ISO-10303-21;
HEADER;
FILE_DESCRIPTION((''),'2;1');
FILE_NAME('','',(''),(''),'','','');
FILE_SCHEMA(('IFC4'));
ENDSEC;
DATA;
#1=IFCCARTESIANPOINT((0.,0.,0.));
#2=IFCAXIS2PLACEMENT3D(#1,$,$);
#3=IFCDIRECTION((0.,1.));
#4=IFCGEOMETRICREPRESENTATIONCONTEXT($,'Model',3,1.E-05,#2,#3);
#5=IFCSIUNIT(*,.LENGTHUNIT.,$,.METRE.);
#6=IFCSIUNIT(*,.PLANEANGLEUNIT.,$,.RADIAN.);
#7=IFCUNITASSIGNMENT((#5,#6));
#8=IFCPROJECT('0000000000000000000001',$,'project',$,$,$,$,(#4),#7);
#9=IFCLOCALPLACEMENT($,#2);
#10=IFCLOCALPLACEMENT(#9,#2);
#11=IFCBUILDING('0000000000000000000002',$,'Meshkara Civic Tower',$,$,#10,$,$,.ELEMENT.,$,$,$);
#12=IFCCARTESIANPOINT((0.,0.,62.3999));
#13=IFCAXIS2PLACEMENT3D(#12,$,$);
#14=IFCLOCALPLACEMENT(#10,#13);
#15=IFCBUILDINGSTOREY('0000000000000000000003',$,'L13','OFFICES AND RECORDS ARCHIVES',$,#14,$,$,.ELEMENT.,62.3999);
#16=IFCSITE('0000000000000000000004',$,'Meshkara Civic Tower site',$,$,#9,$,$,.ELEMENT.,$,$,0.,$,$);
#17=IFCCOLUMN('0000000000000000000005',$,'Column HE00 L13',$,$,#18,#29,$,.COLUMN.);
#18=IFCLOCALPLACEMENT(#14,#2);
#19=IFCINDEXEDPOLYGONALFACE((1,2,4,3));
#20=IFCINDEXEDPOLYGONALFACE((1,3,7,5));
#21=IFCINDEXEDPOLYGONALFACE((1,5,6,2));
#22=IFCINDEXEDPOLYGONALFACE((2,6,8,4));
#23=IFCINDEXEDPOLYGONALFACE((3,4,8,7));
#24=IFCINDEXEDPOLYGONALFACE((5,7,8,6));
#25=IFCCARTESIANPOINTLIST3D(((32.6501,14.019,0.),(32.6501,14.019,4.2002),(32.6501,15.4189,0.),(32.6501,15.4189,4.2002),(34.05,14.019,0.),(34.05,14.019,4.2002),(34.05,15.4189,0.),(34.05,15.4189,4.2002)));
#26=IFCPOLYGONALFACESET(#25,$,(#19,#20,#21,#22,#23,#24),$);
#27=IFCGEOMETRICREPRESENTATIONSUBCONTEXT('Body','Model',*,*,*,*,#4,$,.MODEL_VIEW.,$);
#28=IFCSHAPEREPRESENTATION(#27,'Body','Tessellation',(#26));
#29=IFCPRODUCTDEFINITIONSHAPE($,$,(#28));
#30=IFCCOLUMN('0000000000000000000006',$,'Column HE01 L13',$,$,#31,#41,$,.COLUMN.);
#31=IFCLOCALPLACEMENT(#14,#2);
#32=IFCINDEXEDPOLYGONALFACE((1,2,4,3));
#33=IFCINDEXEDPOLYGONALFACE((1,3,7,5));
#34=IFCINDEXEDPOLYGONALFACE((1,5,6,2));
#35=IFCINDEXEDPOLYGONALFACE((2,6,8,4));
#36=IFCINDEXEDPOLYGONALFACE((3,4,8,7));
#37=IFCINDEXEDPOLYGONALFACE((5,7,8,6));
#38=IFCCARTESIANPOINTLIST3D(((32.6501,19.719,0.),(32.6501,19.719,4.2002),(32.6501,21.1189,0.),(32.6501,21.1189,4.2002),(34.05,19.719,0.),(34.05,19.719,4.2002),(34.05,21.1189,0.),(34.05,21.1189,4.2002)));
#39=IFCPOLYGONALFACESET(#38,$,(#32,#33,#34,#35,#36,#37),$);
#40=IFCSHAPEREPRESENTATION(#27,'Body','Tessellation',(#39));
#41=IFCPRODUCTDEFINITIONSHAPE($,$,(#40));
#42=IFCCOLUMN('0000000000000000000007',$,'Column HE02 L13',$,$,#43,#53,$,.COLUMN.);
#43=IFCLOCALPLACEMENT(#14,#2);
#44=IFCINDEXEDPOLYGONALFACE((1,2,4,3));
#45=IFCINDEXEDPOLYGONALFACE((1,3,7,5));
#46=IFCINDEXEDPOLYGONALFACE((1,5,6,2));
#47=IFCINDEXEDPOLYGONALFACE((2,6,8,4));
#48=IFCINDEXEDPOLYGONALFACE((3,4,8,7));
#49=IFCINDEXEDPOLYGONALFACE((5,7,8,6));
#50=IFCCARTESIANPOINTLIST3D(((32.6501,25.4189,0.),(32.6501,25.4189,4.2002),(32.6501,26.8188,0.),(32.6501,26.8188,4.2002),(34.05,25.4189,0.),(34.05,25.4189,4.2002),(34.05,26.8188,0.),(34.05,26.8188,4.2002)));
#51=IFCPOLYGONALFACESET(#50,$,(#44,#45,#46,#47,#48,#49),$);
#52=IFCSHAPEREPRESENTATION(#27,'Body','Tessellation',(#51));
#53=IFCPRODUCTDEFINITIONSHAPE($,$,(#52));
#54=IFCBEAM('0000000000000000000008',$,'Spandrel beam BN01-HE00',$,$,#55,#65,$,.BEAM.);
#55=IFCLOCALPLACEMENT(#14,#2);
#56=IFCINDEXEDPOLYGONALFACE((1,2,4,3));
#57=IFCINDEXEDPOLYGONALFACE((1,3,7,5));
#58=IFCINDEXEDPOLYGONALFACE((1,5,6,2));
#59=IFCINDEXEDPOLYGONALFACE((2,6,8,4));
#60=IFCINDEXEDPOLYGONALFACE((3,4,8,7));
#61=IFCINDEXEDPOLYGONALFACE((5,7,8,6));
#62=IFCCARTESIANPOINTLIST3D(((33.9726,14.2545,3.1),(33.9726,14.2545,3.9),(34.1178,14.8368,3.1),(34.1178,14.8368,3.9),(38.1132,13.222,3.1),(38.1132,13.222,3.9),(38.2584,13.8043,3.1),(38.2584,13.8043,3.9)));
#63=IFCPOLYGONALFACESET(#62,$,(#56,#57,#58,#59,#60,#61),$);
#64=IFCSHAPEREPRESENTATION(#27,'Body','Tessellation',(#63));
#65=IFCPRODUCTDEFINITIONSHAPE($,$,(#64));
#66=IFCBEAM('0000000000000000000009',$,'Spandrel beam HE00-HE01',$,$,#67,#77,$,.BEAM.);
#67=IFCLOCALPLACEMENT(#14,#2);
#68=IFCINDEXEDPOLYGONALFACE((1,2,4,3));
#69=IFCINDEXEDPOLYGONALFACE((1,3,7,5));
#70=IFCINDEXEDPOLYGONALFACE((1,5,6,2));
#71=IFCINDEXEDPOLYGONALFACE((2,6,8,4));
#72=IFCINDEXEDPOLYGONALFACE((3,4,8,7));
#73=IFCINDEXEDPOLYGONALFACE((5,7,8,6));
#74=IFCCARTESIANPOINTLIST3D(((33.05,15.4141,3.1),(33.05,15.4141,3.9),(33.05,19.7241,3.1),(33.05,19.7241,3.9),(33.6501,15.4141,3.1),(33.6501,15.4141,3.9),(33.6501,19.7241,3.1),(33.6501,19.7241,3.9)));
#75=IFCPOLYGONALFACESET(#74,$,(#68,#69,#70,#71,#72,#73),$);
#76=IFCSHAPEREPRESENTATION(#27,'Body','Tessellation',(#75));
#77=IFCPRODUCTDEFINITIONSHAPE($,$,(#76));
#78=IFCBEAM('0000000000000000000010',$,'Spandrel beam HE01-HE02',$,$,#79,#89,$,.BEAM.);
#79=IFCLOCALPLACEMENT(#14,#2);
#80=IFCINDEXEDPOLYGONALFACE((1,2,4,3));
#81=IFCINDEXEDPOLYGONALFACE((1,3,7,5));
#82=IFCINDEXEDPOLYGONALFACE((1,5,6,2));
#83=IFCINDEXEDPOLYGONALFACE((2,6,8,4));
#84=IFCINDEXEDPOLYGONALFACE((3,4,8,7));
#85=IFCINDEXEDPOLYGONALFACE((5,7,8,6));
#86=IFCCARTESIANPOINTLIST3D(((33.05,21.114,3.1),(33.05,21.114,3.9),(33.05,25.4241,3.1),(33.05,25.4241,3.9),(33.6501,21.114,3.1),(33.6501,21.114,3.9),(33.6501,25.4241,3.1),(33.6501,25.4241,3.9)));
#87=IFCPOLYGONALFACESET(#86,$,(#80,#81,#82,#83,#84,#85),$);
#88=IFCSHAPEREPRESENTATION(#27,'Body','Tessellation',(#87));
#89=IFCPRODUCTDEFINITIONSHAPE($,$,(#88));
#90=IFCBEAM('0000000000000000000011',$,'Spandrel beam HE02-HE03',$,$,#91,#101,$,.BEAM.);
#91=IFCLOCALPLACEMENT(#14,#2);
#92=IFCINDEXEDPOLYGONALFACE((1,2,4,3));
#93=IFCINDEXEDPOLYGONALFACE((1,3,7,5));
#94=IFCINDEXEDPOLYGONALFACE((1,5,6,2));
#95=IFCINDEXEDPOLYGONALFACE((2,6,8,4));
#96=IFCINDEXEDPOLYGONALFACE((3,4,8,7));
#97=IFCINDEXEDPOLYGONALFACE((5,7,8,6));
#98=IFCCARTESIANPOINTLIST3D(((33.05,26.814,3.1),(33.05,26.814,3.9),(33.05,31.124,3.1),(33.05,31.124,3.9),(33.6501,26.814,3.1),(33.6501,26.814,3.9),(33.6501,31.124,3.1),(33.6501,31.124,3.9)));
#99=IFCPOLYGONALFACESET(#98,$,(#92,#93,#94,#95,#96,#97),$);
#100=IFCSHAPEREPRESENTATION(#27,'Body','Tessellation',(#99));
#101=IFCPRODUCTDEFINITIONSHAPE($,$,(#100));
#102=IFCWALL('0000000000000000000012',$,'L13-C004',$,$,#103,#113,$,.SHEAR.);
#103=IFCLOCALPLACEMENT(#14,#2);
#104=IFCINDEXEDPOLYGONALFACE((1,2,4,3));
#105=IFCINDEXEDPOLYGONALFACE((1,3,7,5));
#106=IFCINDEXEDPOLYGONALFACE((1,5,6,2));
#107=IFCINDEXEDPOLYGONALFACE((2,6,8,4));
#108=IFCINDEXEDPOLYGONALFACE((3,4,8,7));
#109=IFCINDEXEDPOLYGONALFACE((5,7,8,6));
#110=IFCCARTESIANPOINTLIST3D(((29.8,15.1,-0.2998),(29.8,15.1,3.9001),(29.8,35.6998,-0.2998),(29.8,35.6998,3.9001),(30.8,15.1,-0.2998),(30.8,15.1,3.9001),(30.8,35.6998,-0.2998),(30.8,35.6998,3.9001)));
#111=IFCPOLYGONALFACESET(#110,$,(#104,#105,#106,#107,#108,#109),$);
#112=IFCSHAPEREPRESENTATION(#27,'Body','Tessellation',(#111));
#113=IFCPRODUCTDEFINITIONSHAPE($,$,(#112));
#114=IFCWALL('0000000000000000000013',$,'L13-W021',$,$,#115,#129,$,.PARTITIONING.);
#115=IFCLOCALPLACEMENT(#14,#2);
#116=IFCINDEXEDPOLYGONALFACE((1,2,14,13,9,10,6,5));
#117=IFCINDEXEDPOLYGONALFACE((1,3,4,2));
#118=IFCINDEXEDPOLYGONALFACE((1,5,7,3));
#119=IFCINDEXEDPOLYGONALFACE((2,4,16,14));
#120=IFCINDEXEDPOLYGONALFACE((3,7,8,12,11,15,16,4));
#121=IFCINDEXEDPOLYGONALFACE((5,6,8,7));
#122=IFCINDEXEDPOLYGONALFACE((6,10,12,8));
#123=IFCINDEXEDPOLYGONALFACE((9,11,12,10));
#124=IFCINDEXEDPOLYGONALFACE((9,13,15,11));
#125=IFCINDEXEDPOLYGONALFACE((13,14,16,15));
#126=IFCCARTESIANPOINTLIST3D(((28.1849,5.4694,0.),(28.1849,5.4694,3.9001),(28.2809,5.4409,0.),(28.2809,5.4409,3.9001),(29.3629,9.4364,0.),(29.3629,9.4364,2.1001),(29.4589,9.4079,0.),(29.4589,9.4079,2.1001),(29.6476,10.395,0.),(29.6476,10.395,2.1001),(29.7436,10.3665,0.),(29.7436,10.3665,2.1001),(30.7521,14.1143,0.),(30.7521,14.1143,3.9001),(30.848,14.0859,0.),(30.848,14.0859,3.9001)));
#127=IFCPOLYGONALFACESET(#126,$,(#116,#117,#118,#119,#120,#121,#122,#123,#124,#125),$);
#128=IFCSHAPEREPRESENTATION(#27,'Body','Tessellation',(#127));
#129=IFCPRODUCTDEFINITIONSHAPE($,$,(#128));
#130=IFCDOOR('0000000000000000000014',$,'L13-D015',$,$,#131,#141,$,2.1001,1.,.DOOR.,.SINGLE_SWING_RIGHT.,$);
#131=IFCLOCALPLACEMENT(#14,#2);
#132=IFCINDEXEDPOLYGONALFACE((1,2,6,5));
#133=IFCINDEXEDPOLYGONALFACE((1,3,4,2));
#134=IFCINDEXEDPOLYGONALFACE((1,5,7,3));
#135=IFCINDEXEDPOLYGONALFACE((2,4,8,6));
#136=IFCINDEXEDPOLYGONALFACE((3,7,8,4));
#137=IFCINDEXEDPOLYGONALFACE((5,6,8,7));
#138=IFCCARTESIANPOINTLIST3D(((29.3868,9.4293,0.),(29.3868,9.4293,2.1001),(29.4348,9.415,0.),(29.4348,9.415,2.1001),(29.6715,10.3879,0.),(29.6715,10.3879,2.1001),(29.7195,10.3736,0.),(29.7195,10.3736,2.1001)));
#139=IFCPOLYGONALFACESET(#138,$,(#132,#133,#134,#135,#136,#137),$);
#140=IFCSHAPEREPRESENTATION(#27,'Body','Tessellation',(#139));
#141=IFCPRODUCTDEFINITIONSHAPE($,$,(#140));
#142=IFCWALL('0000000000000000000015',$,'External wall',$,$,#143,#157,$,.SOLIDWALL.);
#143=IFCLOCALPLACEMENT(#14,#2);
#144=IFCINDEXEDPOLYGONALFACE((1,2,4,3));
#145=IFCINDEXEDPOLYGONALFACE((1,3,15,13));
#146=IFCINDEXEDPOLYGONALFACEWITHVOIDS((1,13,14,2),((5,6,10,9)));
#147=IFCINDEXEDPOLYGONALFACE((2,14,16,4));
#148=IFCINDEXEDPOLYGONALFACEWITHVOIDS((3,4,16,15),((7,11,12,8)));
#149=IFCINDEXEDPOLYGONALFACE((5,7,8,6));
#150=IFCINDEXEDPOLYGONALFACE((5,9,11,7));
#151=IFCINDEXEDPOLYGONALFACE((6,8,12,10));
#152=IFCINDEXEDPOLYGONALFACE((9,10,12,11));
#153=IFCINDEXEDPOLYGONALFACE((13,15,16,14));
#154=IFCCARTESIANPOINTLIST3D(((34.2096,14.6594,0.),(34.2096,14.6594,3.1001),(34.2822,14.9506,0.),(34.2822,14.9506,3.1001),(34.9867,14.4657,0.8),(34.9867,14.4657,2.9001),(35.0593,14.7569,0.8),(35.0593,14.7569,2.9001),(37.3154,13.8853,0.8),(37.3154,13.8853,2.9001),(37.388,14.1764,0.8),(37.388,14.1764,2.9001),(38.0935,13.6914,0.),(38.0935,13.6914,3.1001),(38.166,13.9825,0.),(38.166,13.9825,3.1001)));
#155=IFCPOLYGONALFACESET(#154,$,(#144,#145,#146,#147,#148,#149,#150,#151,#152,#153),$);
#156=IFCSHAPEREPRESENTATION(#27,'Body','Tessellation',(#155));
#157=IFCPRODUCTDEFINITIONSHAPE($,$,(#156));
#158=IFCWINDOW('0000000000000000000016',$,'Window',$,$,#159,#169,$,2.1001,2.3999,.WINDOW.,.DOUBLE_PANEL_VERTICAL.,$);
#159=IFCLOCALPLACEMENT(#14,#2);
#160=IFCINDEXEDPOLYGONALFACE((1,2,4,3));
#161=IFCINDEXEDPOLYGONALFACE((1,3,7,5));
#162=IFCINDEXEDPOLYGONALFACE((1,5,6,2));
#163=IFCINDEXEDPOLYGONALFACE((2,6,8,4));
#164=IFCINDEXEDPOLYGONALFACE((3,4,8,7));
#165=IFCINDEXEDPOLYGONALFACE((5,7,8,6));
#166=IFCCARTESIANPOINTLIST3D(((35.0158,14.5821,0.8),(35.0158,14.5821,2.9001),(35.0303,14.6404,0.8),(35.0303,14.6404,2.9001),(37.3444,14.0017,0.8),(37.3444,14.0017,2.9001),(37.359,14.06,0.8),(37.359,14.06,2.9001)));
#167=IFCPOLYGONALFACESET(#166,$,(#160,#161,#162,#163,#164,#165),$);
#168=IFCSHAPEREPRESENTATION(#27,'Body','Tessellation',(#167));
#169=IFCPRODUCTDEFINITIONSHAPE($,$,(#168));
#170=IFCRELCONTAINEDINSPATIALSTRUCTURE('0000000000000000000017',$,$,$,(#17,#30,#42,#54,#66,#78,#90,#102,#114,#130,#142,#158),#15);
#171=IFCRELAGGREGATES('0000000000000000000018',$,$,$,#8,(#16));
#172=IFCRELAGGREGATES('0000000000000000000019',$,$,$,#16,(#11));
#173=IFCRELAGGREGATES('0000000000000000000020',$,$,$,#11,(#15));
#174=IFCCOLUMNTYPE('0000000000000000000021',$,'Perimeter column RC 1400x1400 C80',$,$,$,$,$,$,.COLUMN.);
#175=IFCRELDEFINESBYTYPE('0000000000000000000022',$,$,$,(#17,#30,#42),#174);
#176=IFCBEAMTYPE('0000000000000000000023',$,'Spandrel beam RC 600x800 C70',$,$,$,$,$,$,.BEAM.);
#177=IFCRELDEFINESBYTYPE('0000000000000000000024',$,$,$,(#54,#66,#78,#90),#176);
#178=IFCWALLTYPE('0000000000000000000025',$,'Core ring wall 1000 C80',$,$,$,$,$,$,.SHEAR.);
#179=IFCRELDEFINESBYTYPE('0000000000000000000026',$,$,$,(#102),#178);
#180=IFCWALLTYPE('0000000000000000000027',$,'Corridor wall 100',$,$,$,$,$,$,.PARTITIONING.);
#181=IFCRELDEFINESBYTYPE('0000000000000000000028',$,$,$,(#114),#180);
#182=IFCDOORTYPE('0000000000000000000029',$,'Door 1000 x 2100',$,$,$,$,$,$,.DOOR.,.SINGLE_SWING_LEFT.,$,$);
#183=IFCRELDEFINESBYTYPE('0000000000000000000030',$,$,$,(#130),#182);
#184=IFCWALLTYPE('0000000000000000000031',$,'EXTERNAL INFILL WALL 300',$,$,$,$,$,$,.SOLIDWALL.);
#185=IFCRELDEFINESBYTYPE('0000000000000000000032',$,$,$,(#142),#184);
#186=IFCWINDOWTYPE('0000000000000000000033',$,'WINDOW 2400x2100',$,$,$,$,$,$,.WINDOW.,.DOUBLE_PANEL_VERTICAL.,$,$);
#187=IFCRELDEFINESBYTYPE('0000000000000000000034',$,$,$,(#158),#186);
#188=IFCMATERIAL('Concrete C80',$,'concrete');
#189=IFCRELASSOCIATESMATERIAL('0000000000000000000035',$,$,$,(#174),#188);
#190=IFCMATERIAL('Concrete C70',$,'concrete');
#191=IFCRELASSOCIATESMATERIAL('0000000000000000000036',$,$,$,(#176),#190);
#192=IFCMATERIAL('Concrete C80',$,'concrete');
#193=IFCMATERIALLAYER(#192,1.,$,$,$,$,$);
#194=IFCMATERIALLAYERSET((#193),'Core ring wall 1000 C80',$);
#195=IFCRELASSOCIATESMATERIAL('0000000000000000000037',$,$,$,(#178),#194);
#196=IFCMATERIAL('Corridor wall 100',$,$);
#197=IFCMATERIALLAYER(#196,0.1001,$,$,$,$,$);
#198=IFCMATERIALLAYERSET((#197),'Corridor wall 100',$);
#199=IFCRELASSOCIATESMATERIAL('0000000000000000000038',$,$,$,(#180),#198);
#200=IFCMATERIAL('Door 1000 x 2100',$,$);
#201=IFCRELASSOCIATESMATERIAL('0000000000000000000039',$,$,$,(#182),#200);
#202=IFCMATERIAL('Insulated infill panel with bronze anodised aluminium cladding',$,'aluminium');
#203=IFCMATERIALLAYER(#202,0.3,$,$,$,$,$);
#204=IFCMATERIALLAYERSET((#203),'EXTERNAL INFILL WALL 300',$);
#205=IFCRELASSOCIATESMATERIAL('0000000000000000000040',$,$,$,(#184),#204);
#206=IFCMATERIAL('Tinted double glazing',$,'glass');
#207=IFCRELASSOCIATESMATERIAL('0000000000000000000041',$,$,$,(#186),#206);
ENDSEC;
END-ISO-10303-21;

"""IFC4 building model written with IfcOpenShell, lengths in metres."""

from ifc_helpers import new_model, si_unit, direction, frame, frame_2d, origin, origin_2d, place, context, subcontext, project, spatial, rectangle, extrude, material, layer, layer_set, material_profile, profile_set, type_object, element, fill, save


model = new_model("IFC4")

# Units and contexts
model_context = context("Model", 3, precision=1e-05, world=origin(), true_north=direction((0.0, 1.0)))
body_context = subcontext(model_context, "Body", "Model", "MODEL_VIEW")
ifc_project = project(units=[si_unit("LENGTHUNIT", "METRE"), si_unit("PLANEANGLEUNIT", "RADIAN")], contexts=[model_context])

# Site, building, storey
site_placement = place(None, origin())
site = spatial("IfcSite", under=ifc_project, at=site_placement, Name="Meshkara Civic Tower site", CompositionType="ELEMENT", RefElevation=0.0)
building_placement = place(site_placement, origin())
building = spatial("IfcBuilding", under=site, at=building_placement, Name="Meshkara Civic Tower", CompositionType="ELEMENT")
storey_placement = place(building_placement, frame((0.0, 0.0, 62.3999)))
storey = spatial("IfcBuildingStorey", under=building, at=storey_placement, Name="L13", Description="OFFICES AND RECORDS ARCHIVES", CompositionType="ELEMENT", Elevation=62.3999)

# Columns
ifc_material_1 = material(Name="Concrete C80", Category="concrete")
ifc_material_profile_1 = material_profile(ifc_material_1, rectangle(XDim=1.3999, YDim=1.3999, at=origin_2d()))
ifc_profile_set_1 = profile_set([ifc_material_profile_1], Name="Concrete C80")
column_type = type_object("IfcColumnType", Name="Perimeter column RC 1400x1400 C80", PredefinedType="COLUMN", material=ifc_profile_set_1)
for number, where, z_axis, x_axis, name in (
    (1, (33.3501, 14.719, 0.0), (0.0, 0.0, 1.0), (1.0, 0.0, 0.0), "Column HE00 L13"),
    (2, (33.3501, 20.4189, 0.0), (0.0, 0.0, 1.0), (1.0, 0.0, 0.0), "Column HE01 L13"),
    (3, (33.3501, 26.1189, 0.0), (0.0, 0.0, 1.0), (1.0, 0.0, 0.0), "Column HE02 L13"),
):
    element("IfcColumn", number, at=place(storey_placement, frame(where, z_axis=z_axis, x_axis=x_axis)), inside=storey, type_object=column_type, Name=name, PredefinedType="COLUMN", context=body_context, shape_type="SweptSolid", body=[
        extrude(rectangle(XDim=1.3999, YDim=1.3999, at=origin_2d()), origin(), (0.0, 0.0, 1.0), 4.2002),
    ])

# Beams
ifc_material_2 = material(Name="Concrete C70", Category="concrete")
ifc_material_profile_2 = material_profile(ifc_material_2, rectangle(XDim=0.6001, YDim=0.8, at=origin_2d()))
ifc_profile_set_2 = profile_set([ifc_material_profile_2], Name="Concrete C70")
beam_type = type_object("IfcBeamType", Name="Spandrel beam RC 600x800 C70", PredefinedType="BEAM", material=ifc_profile_set_2)
beam_placement = place(storey_placement, frame((38.1858, 13.5132, 3.5), z_axis=(-0.97029, 0.241943, 0.0), x_axis=(-0.241943, -0.97029, 0.0)))
element("IfcBeam", 4, at=beam_placement, inside=storey, type_object=beam_type, Name="Spandrel beam BN01-HE00", PredefinedType="BEAM", context=body_context, shape_type="SweptSolid", body=[
    extrude(rectangle(XDim=0.6001, YDim=0.8, at=origin_2d()), origin(), (0.0, 0.0, 1.0), 4.2673),
])
for number, where, z_axis, x_axis, name in (
    (5, (33.3501, 15.4141, 3.5), (0.0, 1.0, 0.0), (-1.0, 0.0, 0.0), "Spandrel beam HE00-HE01"),
    (6, (33.3501, 21.114, 3.5), (0.0, 1.0, 0.0), (-1.0, 0.0, 0.0), "Spandrel beam HE01-HE02"),
    (7, (33.3501, 26.814, 3.5), (0.0, 1.0, 0.0), (-1.0, 0.0, 0.0), "Spandrel beam HE02-HE03"),
):
    element("IfcBeam", number, at=place(storey_placement, frame(where, z_axis=z_axis, x_axis=x_axis)), inside=storey, type_object=beam_type, Name=name, PredefinedType="BEAM", context=body_context, shape_type="SweptSolid", body=[
        extrude(rectangle(XDim=0.6001, YDim=0.8, at=origin_2d()), origin(), (0.0, 0.0, 1.0), 4.3101),
    ])

# Wall
ifc_material_3 = material(Name="Concrete C80", Category="concrete")
ifc_layer_1 = layer(ifc_material_3, 1.0)
ifc_layer_set_1 = layer_set([ifc_layer_1], Name="Core ring wall 1000 C80")
wall_type_1 = type_object("IfcWallType", Name="Core ring wall 1000 C80", PredefinedType="SHEAR", material=ifc_layer_set_1)
wall_1_placement = place(storey_placement, frame((30.3, 15.1001, -0.2998), z_axis=(0.0, 0.0, 1.0), x_axis=(0.0, 1.0, 0.0)))
element("IfcWall", 8, at=wall_1_placement, inside=storey, type_object=wall_type_1, Name="L13-C004", PredefinedType="SHEAR", context=body_context, shape_type="SweptSolid", body=[
    extrude(rectangle(XDim=20.5999, YDim=1.0, at=frame_2d((10.2998, 0.0))), origin(), (0.0, 0.0, 1.0), 4.2),
])

# Wall, opening, door
ifc_material_4 = material(Name="Corridor wall 100")
ifc_layer_2 = layer(ifc_material_4, 0.1001)
ifc_layer_set_2 = layer_set([ifc_layer_2], Name="Corridor wall 100")
wall_type_2 = type_object("IfcWallType", Name="Corridor wall 100", PredefinedType="PARTITIONING", material=ifc_layer_set_2)
wall_2_placement = place(storey_placement, frame((30.8, 14.1001, 0.0), z_axis=(0.0, 0.0, 1.0), x_axis=(-0.284664, -0.958627, 0.0)))
wall_2 = element("IfcWall", 9, at=wall_2_placement, inside=storey, type_object=wall_type_2, Name="L13-W021", PredefinedType="PARTITIONING", context=body_context, shape_type="SweptSolid", body=[
    extrude(rectangle(XDim=9.0181, YDim=0.1001, at=frame_2d((4.509, 0.0))), origin(), (0.0, 0.0, 1.0), 3.9001),
])
opening_1_placement = place(wall_2_placement, frame((3.8799, 0.0, 0.0)))
opening_1 = element("IfcOpeningElement", 10, at=opening_1_placement, cuts=wall_2, PredefinedType="OPENING", context=body_context, shape_type="SweptSolid", body=[
    extrude(rectangle(XDim=1.0, YDim=2.1001, at=frame_2d((0.5, 1.05))), frame((0.0, 0.0601, 0.0), z_axis=(0.0, -1.0, 0.0), x_axis=(1.0, 0.0, 0.0)), (0.0, 0.0, 1.0), 0.1201),
])
ifc_material_5 = material(Name="Door 1000 x 2100")
door_type_1 = type_object("IfcDoorType", Name="Door 1000 x 2100", OperationType="SINGLE_SWING_LEFT", PredefinedType="DOOR", material=ifc_material_5)
door_1_placement = place(opening_1_placement, origin())
door_1 = element("IfcDoor", 11, at=door_1_placement, inside=storey, type_object=door_type_1, Name="L13-D015", OperationType="SINGLE_SWING_RIGHT", OverallHeight=2.1001, OverallWidth=1.0, PredefinedType="DOOR", context=body_context, shape_type="SweptSolid", body=[
    extrude(rectangle(XDim=1.0, YDim=2.1001, at=frame_2d((0.5, 1.05))), frame((0.0, 0.0249, 0.0), z_axis=(0.0, -1.0, 0.0), x_axis=(1.0, 0.0, 0.0)), (0.0, 0.0, 1.0), 0.05),
])
fill(opening_1, door_1)

# Wall, opening, window
ifc_material_6 = material(Name="Insulated infill panel with bronze anodised aluminium cladding", Category="aluminium")
ifc_layer_3 = layer(ifc_material_6, 0.3)
ifc_layer_set_3 = layer_set([ifc_layer_3], Name="EXTERNAL INFILL WALL 300")
wall_type_3 = type_object("IfcWallType", Name="EXTERNAL INFILL WALL 300", PredefinedType="SOLIDWALL", material=ifc_layer_set_3)
wall_3_placement = place(storey_placement, frame((38.1299, 13.8369, 0.0), z_axis=(0.0, 0.0, 1.0), x_axis=(-0.970314, 0.241847, 0.0)))
wall_3 = element("IfcWall", 12, at=wall_3_placement, inside=storey, type_object=wall_type_3, Name="External wall", PredefinedType="SOLIDWALL", context=body_context, shape_type="SweptSolid", body=[
    extrude(rectangle(XDim=4.0027, YDim=0.3, at=frame_2d((2.0015, 0.0))), origin(), (0.0, 0.0, 1.0), 3.1001),
])
opening_2_placement = place(wall_3_placement, frame((0.802, 0.0, 0.8)))
opening_2 = element("IfcOpeningElement", 13, at=opening_2_placement, cuts=wall_3, PredefinedType="OPENING", context=body_context, shape_type="SweptSolid", body=[
    extrude(rectangle(XDim=2.3999, YDim=2.1001, at=frame_2d((1.2, 1.05))), frame((0.0, 0.1599, 0.0), z_axis=(0.0, -1.0, 0.0), x_axis=(1.0, 0.0, 0.0)), (0.0, 0.0, 1.0), 0.3201),
])
ifc_material_7 = material(Name="Tinted double glazing", Category="glass")
window_type = type_object("IfcWindowType", Name="WINDOW 2400x2100", PartitioningType="DOUBLE_PANEL_VERTICAL", PredefinedType="WINDOW", material=ifc_material_7)
window_1_placement = place(opening_2_placement, origin())
window_1 = element("IfcWindow", 14, at=window_1_placement, inside=storey, type_object=window_type, Name="Window", OverallHeight=2.1001, OverallWidth=2.3999, PartitioningType="DOUBLE_PANEL_VERTICAL", PredefinedType="WINDOW", context=body_context, shape_type="SweptSolid", body=[
    extrude(rectangle(XDim=2.3999, YDim=2.1001, at=frame_2d((1.2, 1.05))), frame((0.0, 0.03, 0.0), z_axis=(0.0, -1.0, 0.0), x_axis=(1.0, 0.0, 0.0)), (0.0, 0.0, 1.0), 0.0601),
])
fill(opening_2, window_1)

save(model, "model.ifc")
